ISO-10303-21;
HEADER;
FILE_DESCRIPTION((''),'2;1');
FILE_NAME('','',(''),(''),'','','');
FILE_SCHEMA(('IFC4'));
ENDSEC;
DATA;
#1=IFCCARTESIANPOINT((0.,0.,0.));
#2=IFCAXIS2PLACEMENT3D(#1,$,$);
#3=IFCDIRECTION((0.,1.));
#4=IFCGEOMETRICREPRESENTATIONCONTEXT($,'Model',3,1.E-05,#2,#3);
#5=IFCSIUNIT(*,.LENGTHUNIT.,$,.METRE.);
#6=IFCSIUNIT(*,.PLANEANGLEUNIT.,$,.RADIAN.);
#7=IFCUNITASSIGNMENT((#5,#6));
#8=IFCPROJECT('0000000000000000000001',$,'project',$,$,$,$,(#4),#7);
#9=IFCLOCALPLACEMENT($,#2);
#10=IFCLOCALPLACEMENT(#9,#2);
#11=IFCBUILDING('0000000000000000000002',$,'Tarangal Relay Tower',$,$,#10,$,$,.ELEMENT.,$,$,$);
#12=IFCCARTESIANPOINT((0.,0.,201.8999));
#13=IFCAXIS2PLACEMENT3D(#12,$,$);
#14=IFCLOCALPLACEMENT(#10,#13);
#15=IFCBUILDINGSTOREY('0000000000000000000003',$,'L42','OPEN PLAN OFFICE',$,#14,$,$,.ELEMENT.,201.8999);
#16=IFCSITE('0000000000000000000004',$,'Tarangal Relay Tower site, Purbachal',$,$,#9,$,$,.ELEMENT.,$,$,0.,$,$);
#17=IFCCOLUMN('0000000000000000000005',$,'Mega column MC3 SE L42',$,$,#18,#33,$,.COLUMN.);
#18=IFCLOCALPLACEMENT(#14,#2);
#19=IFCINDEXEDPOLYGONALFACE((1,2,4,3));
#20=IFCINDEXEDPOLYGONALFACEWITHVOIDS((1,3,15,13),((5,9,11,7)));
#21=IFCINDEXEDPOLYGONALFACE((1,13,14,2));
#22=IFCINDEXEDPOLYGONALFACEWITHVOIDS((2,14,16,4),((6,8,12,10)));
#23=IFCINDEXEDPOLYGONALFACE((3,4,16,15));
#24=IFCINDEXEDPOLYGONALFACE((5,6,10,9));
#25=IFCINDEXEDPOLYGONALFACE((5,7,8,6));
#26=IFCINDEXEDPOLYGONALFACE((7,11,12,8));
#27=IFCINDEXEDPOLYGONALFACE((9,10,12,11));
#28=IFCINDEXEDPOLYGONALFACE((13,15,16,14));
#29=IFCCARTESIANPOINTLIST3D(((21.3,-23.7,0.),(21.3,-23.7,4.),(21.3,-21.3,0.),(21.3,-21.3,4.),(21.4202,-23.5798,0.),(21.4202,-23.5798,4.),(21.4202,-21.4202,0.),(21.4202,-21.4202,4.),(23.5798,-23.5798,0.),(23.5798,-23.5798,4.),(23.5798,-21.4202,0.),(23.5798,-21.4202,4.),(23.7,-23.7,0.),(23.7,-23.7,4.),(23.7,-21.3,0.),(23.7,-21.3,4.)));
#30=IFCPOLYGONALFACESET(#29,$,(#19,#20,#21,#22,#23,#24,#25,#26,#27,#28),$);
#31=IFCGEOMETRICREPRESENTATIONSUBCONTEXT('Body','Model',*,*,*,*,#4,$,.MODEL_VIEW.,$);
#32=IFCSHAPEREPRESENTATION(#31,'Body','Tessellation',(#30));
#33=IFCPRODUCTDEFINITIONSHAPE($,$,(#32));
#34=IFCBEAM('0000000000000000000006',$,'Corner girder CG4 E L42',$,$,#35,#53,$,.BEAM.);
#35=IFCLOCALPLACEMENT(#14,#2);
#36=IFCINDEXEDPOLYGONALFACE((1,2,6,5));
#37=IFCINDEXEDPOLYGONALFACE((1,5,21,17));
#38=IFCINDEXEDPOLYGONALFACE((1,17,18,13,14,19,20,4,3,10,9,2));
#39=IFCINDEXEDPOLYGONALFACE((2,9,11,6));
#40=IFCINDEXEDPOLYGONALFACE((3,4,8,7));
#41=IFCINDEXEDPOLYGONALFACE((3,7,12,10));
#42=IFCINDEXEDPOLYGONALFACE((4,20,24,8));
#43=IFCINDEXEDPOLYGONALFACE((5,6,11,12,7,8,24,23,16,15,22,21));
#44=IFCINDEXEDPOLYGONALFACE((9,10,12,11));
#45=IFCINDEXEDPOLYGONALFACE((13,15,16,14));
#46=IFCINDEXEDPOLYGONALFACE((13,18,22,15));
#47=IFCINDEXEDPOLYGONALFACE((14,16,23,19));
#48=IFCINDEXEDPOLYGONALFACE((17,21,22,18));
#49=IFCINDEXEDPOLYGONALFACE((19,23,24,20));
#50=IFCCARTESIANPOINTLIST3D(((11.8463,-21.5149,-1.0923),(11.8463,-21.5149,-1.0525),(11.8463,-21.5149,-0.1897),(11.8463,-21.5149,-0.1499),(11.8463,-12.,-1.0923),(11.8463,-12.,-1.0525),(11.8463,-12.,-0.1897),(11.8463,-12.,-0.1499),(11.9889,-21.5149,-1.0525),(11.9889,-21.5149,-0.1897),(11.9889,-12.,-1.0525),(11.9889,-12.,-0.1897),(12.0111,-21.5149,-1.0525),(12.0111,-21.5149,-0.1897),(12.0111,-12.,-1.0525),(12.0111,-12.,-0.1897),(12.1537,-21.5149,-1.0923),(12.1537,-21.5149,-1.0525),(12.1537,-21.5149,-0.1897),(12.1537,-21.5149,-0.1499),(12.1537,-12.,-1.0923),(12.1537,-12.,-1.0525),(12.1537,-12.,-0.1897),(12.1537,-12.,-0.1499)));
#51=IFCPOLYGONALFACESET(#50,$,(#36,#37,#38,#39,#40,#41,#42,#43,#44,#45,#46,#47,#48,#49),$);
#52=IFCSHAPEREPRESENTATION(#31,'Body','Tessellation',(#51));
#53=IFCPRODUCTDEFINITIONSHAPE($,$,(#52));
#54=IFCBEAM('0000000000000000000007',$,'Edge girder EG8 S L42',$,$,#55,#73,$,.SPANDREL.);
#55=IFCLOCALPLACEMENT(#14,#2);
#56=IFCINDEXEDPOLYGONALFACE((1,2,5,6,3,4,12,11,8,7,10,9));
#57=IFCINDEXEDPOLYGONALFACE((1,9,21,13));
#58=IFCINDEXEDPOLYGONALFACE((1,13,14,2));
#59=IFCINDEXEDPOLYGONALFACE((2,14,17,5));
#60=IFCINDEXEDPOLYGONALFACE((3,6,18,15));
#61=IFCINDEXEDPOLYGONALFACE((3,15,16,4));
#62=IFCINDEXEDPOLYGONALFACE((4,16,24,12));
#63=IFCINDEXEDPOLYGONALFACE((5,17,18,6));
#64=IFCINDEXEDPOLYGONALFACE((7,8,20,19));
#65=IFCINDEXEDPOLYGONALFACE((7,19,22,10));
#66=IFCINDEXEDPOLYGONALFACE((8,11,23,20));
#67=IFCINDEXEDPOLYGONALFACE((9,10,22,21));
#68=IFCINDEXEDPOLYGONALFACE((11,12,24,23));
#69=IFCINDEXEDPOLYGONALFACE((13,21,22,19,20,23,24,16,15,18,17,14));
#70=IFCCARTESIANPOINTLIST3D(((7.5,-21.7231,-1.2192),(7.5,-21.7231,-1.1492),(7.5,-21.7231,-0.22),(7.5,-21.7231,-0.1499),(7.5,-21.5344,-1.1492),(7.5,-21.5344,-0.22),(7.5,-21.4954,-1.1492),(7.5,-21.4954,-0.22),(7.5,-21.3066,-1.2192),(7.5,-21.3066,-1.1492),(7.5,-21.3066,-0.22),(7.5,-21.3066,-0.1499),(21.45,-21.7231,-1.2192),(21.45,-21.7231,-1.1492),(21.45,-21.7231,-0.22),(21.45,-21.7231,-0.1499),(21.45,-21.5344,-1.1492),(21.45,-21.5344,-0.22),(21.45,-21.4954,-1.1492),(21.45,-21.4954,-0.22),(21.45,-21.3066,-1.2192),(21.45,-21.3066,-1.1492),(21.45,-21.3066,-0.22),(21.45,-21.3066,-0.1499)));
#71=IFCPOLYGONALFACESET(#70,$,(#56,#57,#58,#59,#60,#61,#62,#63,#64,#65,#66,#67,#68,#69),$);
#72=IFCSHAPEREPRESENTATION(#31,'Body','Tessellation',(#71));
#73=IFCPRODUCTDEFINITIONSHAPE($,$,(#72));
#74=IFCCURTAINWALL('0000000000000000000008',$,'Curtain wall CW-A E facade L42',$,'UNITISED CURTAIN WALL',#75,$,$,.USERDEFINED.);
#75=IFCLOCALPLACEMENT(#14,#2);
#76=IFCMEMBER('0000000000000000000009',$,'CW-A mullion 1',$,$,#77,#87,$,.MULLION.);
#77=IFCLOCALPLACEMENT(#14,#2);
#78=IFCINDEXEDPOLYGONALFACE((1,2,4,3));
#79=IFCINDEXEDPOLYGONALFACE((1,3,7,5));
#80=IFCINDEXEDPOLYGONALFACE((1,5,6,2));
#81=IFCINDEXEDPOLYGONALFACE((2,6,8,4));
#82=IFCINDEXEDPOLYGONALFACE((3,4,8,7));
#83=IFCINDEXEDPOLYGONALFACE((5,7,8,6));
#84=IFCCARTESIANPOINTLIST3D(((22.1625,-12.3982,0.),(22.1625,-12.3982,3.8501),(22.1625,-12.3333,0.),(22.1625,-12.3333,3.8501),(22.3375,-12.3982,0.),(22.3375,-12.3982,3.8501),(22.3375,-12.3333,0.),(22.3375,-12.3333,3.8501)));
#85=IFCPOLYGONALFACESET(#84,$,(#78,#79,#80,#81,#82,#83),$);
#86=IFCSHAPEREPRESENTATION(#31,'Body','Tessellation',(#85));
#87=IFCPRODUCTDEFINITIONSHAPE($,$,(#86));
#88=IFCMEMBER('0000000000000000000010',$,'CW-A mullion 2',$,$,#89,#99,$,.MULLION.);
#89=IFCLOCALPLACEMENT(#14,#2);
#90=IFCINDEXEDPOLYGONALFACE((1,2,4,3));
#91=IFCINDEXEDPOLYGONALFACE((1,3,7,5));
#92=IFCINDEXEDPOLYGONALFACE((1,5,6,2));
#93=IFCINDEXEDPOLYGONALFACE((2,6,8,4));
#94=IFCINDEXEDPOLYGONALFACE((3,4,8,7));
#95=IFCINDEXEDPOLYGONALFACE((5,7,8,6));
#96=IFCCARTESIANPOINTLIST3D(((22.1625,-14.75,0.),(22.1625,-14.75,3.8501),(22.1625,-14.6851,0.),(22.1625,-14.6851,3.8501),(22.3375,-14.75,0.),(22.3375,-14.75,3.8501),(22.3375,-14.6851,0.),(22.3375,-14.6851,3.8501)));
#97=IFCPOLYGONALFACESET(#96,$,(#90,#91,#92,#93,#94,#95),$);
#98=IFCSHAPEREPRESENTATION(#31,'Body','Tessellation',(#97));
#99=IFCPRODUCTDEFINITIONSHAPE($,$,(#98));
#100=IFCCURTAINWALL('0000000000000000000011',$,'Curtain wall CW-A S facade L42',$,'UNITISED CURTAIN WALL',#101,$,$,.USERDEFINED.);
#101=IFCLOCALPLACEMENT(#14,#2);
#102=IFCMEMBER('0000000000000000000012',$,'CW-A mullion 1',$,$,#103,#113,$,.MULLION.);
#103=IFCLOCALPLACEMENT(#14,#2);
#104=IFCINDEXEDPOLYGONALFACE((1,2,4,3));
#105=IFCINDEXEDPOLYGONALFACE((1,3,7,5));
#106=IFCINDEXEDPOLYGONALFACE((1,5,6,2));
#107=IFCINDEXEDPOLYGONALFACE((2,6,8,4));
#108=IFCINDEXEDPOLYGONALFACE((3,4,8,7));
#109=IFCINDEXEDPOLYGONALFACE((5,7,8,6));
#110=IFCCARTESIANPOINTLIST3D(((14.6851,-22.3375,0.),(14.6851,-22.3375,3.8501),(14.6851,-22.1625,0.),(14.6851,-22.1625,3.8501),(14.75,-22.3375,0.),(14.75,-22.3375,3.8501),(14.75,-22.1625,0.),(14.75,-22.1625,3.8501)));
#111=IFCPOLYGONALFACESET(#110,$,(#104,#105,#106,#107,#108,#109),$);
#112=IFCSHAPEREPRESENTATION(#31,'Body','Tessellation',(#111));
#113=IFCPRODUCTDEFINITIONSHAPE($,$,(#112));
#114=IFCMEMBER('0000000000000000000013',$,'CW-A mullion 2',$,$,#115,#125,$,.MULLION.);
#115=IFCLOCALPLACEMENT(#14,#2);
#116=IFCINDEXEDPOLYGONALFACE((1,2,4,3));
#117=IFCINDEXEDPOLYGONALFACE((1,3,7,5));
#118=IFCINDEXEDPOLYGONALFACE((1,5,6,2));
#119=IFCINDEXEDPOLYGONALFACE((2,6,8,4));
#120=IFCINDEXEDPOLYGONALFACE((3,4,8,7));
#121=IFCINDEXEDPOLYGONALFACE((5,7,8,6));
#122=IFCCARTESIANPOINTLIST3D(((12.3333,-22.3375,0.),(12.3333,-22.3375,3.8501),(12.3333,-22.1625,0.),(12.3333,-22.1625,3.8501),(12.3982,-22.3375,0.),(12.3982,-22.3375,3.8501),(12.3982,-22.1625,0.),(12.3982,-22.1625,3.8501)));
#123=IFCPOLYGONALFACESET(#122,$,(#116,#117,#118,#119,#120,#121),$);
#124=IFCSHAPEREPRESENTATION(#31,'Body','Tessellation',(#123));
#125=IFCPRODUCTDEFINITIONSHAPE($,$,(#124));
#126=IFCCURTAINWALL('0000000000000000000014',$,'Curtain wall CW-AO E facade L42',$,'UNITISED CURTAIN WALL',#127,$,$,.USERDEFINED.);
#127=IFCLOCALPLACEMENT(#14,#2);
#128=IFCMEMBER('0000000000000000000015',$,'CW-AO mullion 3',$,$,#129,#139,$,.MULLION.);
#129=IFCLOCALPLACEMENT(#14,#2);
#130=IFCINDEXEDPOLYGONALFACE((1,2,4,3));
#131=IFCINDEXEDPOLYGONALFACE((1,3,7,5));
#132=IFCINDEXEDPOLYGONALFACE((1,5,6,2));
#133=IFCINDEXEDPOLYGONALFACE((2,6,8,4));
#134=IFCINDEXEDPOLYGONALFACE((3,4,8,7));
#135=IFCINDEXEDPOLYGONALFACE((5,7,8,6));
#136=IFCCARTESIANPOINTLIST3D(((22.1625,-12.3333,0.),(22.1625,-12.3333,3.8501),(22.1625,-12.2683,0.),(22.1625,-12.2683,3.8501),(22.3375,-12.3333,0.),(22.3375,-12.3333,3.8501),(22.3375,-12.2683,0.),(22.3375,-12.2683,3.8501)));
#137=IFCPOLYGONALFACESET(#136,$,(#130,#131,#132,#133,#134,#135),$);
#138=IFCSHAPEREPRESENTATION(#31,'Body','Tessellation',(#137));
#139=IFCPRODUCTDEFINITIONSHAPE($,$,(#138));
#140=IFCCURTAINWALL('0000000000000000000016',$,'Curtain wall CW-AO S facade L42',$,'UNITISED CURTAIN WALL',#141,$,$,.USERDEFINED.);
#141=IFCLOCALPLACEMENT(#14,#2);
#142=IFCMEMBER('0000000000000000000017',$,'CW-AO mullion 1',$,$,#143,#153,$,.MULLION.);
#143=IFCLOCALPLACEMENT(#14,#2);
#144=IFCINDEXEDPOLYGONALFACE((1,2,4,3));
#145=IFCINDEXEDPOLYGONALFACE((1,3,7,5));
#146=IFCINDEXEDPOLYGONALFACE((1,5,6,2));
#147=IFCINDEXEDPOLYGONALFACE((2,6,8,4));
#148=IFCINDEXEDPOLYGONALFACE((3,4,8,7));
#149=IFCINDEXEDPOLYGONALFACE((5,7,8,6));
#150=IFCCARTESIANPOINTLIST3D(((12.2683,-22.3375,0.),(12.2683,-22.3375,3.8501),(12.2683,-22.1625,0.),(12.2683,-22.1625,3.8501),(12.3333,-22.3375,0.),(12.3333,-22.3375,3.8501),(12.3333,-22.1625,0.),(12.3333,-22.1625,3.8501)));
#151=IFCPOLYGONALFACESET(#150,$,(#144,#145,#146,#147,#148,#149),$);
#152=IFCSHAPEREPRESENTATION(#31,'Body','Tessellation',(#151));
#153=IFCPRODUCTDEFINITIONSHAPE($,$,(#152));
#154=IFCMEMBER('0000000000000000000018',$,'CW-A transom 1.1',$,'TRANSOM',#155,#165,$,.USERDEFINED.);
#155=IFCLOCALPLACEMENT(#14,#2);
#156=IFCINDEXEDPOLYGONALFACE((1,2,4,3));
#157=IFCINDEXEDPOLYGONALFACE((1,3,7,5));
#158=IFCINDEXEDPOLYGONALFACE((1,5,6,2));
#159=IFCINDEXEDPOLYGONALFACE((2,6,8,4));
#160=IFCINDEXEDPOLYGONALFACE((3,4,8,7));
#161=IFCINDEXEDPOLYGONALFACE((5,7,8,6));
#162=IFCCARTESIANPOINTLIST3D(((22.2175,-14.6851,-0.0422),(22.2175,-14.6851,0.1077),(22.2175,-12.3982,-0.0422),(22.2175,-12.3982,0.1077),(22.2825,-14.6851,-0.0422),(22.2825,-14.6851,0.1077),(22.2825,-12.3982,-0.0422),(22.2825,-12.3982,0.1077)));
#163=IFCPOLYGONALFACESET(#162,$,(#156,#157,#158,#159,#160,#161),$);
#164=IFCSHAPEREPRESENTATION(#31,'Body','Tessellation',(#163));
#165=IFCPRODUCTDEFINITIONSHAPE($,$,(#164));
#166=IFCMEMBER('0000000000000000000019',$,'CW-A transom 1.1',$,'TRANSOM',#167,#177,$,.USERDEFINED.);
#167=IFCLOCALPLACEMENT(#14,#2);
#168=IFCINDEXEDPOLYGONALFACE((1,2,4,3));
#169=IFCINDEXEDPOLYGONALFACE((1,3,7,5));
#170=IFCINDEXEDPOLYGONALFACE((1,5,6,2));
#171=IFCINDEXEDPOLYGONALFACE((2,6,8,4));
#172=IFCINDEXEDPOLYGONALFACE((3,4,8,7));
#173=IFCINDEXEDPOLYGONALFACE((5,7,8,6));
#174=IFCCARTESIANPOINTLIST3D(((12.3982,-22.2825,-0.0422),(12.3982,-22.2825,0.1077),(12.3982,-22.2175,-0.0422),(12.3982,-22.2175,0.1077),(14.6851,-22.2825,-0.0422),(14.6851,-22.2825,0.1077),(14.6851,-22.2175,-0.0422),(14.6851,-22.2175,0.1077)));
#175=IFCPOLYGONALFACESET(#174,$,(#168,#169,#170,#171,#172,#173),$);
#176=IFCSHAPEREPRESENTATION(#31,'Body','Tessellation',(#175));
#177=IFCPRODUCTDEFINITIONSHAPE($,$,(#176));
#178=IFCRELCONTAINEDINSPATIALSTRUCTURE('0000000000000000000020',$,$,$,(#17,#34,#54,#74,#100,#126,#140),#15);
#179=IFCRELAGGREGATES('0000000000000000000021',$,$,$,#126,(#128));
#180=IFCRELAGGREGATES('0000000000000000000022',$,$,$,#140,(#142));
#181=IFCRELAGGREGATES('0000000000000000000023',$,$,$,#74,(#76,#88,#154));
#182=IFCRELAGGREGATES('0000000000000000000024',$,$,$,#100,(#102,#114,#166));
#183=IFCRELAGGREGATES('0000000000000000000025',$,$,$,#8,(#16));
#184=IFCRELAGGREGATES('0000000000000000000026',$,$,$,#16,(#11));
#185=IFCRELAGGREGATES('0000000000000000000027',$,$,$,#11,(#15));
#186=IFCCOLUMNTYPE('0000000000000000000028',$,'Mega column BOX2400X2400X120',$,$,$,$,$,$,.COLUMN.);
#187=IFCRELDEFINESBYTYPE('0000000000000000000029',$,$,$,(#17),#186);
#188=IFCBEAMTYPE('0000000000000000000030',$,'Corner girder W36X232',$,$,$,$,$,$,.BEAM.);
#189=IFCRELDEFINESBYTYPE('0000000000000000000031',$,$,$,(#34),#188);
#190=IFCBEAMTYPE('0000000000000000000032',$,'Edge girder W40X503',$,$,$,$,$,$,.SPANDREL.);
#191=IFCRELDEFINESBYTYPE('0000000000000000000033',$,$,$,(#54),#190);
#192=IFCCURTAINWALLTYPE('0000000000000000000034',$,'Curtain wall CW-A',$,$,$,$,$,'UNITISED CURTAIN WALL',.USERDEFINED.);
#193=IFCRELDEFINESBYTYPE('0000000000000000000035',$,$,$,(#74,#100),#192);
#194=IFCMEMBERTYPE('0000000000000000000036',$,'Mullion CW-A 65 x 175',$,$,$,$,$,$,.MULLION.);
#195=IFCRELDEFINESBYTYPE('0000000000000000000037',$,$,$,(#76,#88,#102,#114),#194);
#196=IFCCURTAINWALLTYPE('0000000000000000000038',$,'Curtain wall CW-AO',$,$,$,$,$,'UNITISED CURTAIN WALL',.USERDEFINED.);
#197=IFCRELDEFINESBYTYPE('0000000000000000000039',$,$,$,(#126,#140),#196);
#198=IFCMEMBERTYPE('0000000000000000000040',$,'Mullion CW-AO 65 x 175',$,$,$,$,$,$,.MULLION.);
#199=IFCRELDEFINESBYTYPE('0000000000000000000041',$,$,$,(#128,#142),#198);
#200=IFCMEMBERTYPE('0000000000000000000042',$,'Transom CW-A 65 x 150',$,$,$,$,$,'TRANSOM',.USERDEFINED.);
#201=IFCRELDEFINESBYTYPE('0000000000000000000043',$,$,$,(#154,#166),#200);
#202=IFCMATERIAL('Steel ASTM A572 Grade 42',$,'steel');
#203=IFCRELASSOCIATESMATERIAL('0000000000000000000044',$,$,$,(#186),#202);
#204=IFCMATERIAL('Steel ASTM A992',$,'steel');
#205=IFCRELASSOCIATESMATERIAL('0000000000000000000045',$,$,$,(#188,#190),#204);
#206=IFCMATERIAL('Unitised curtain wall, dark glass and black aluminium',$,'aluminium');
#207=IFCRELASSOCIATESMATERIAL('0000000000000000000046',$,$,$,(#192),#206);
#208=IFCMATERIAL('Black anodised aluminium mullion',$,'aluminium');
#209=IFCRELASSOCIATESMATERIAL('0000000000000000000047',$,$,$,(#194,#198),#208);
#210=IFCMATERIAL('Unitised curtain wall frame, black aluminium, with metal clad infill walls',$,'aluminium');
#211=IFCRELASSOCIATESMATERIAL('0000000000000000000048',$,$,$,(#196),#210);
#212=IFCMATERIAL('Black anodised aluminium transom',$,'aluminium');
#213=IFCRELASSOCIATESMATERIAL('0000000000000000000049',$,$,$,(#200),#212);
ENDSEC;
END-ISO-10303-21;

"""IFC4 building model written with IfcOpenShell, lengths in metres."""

from ifc_helpers import new_model, si_unit, direction, frame, origin, origin_2d, place, context, subcontext, project, spatial, rectangle, hollow_rectangle, i_section, extrude, material, material_profile, profile_set, type_object, element, aggregate, save


model = new_model("IFC4")

# Units and contexts
model_context = context("Model", 3, precision=1e-05, world=origin(), true_north=direction((0.0, 1.0)))
body_context = subcontext(model_context, "Body", "Model", "MODEL_VIEW")
ifc_project = project(units=[si_unit("LENGTHUNIT", "METRE"), si_unit("PLANEANGLEUNIT", "RADIAN")], contexts=[model_context])

# Site, building, storey
site_placement = place(None, origin())
site = spatial("IfcSite", under=ifc_project, at=site_placement, Name="Tarangal Relay Tower site, Purbachal", CompositionType="ELEMENT", RefElevation=0.0)
building_placement = place(site_placement, origin())
building = spatial("IfcBuilding", under=site, at=building_placement, Name="Tarangal Relay Tower", CompositionType="ELEMENT")
storey_placement = place(building_placement, frame((0.0, 0.0, 201.8999)))
storey = spatial("IfcBuildingStorey", under=building, at=storey_placement, Name="L42", Description="OPEN PLAN OFFICE", CompositionType="ELEMENT", Elevation=201.8999)

# Column
ifc_material_1 = material(Name="Steel ASTM A572 Grade 42", Category="steel")
ifc_material_profile_1 = material_profile(ifc_material_1, hollow_rectangle(XDim=2.3999, YDim=2.3999, WallThickness=0.1201, at=origin_2d()), Name="BOX2400X2400X120")
ifc_profile_set_1 = profile_set([ifc_material_profile_1], Name="Steel ASTM A572 Grade 42")
column_type = type_object("IfcColumnType", Name="Mega column BOX2400X2400X120", PredefinedType="COLUMN", material=ifc_profile_set_1)
column_placement = place(storey_placement, frame((22.5, -22.5, 0.0), z_axis=(0.0, 0.0, 1.0), x_axis=(1.0, 0.0, 0.0)))
element("IfcColumn", 1, at=column_placement, inside=storey, type_object=column_type, Name="Mega column MC3 SE L42", PredefinedType="COLUMN", context=body_context, shape_type="SweptSolid", body=[
    extrude(hollow_rectangle(XDim=2.3999, YDim=2.3999, WallThickness=0.1201, at=origin_2d()), origin(), (0.0, 0.0, 1.0), 4.0),
])

# Beams
ifc_material_2 = material(Name="Steel ASTM A992", Category="steel")
ifc_material_profile_2 = material_profile(ifc_material_2, i_section(OverallWidth=0.3074, OverallDepth=0.9424, WebThickness=0.0222, FlangeThickness=0.0398, at=origin_2d()), Name="W36X232")
ifc_profile_set_2 = profile_set([ifc_material_profile_2], Name="Steel ASTM A992")
beam_type_1 = type_object("IfcBeamType", Name="Corner girder W36X232", PredefinedType="BEAM", material=ifc_profile_set_2)
beam_1_placement = place(storey_placement, frame((12.0, -12.0, -0.6211), z_axis=(0.0, -1.0, 0.0), x_axis=(1.0, 0.0, 0.0)))
element("IfcBeam", 2, at=beam_1_placement, inside=storey, type_object=beam_type_1, Name="Corner girder CG4 E L42", PredefinedType="BEAM", context=body_context, shape_type="SweptSolid", body=[
    extrude(i_section(OverallWidth=0.3074, OverallDepth=0.9424, WebThickness=0.0222, FlangeThickness=0.0398, at=origin_2d()), origin(), (0.0, 0.0, 1.0), 9.5149),
])
ifc_material_profile_3 = material_profile(ifc_material_2, i_section(OverallWidth=0.4165, OverallDepth=1.0693, WebThickness=0.0391, FlangeThickness=0.0701, at=origin_2d()), Name="W40X503")
ifc_profile_set_3 = profile_set([ifc_material_profile_3], Name="Steel ASTM A992")
beam_type_2 = type_object("IfcBeamType", Name="Edge girder W40X503", PredefinedType="SPANDREL", material=ifc_profile_set_3)
beam_2_placement = place(storey_placement, frame((21.45, -21.5149, -0.6846), z_axis=(-1.0, 0.0, 0.0), x_axis=(0.0, -1.0, 0.0)))
element("IfcBeam", 3, at=beam_2_placement, inside=storey, type_object=beam_type_2, Name="Edge girder EG8 S L42", PredefinedType="SPANDREL", context=body_context, shape_type="SweptSolid", body=[
    extrude(i_section(OverallWidth=0.4165, OverallDepth=1.0693, WebThickness=0.0391, FlangeThickness=0.0701, at=origin_2d()), origin(), (0.0, 0.0, 1.0), 13.95),
])

# Curtain walls, members
ifc_material_3 = material(Name="Unitised curtain wall, dark glass and black aluminium", Category="aluminium")
curtain_wall_type_1 = type_object("IfcCurtainWallType", Name="Curtain wall CW-A", ElementType="UNITISED CURTAIN WALL", PredefinedType="USERDEFINED", material=ifc_material_3)
curtain_wall_1_placement = place(storey_placement, origin())
curtain_wall_1 = element("IfcCurtainWall", 4, at=curtain_wall_1_placement, inside=storey, type_object=curtain_wall_type_1, Name="Curtain wall CW-A E facade L42", ObjectType="UNITISED CURTAIN WALL", PredefinedType="USERDEFINED")
ifc_material_4 = material(Name="Black anodised aluminium mullion", Category="aluminium")
ifc_material_profile_4 = material_profile(ifc_material_4, rectangle(XDim=0.175, YDim=0.0649, at=origin_2d()), Name="CW-AM 65X175")
ifc_profile_set_4 = profile_set([ifc_material_profile_4], Name="Black anodised aluminium mullion")
member_type_1 = type_object("IfcMemberType", Name="Mullion CW-A 65 x 175", PredefinedType="MULLION", material=ifc_profile_set_4)
member_1_placement = place(storey_placement, frame((22.25, -12.3657, 0.0), z_axis=(0.0, 0.0, 1.0), x_axis=(1.0, 0.0, 0.0)))
member_1 = element("IfcMember", 5, at=member_1_placement, type_object=member_type_1, Name="CW-A mullion 1", PredefinedType="MULLION", context=body_context, shape_type="SweptSolid", body=[
    extrude(rectangle(XDim=0.175, YDim=0.0649, at=origin_2d()), origin(), (0.0, 0.0, 1.0), 3.8501),
])
member_2_placement = place(storey_placement, frame((22.25, -14.7175, 0.0), z_axis=(0.0, 0.0, 1.0), x_axis=(1.0, 0.0, 0.0)))
member_2 = element("IfcMember", 6, at=member_2_placement, type_object=member_type_1, Name="CW-A mullion 2", PredefinedType="MULLION", context=body_context, shape_type="SweptSolid", body=[
    extrude(rectangle(XDim=0.175, YDim=0.0649, at=origin_2d()), origin(), (0.0, 0.0, 1.0), 3.8501),
])
curtain_wall_2_placement = place(storey_placement, origin())
curtain_wall_2 = element("IfcCurtainWall", 7, at=curtain_wall_2_placement, inside=storey, type_object=curtain_wall_type_1, Name="Curtain wall CW-A S facade L42", ObjectType="UNITISED CURTAIN WALL", PredefinedType="USERDEFINED")
member_3_placement = place(storey_placement, frame((14.7175, -22.25, 0.0), z_axis=(0.0, 0.0, 1.0), x_axis=(0.0, -1.0, 0.0)))
member_3 = element("IfcMember", 8, at=member_3_placement, type_object=member_type_1, Name="CW-A mullion 1", PredefinedType="MULLION", context=body_context, shape_type="SweptSolid", body=[
    extrude(rectangle(XDim=0.175, YDim=0.0649, at=origin_2d()), origin(), (0.0, 0.0, 1.0), 3.8501),
])
member_4_placement = place(storey_placement, frame((12.3657, -22.25, 0.0), z_axis=(0.0, 0.0, 1.0), x_axis=(0.0, -1.0, 0.0)))
member_4 = element("IfcMember", 9, at=member_4_placement, type_object=member_type_1, Name="CW-A mullion 2", PredefinedType="MULLION", context=body_context, shape_type="SweptSolid", body=[
    extrude(rectangle(XDim=0.175, YDim=0.0649, at=origin_2d()), origin(), (0.0, 0.0, 1.0), 3.8501),
])

# Curtain walls, members
ifc_material_5 = material(Name="Unitised curtain wall frame, black aluminium, with metal clad infill walls", Category="aluminium")
curtain_wall_type_2 = type_object("IfcCurtainWallType", Name="Curtain wall CW-AO", ElementType="UNITISED CURTAIN WALL", PredefinedType="USERDEFINED", material=ifc_material_5)
curtain_wall_3_placement = place(storey_placement, origin())
curtain_wall_3 = element("IfcCurtainWall", 10, at=curtain_wall_3_placement, inside=storey, type_object=curtain_wall_type_2, Name="Curtain wall CW-AO E facade L42", ObjectType="UNITISED CURTAIN WALL", PredefinedType="USERDEFINED")
ifc_material_profile_5 = material_profile(ifc_material_4, rectangle(XDim=0.175, YDim=0.0649, at=origin_2d()), Name="CW-AOM 65X175")
ifc_profile_set_5 = profile_set([ifc_material_profile_5], Name="Black anodised aluminium mullion")
member_type_2 = type_object("IfcMemberType", Name="Mullion CW-AO 65 x 175", PredefinedType="MULLION", material=ifc_profile_set_5)
member_5_placement = place(storey_placement, frame((22.25, -12.3008, 0.0), z_axis=(0.0, 0.0, 1.0), x_axis=(1.0, 0.0, 0.0)))
member_5 = element("IfcMember", 11, at=member_5_placement, type_object=member_type_2, Name="CW-AO mullion 3", PredefinedType="MULLION", context=body_context, shape_type="SweptSolid", body=[
    extrude(rectangle(XDim=0.175, YDim=0.0649, at=origin_2d()), origin(), (0.0, 0.0, 1.0), 3.8501),
])
aggregate(curtain_wall_3, [member_5])
curtain_wall_4_placement = place(storey_placement, origin())
curtain_wall_4 = element("IfcCurtainWall", 12, at=curtain_wall_4_placement, inside=storey, type_object=curtain_wall_type_2, Name="Curtain wall CW-AO S facade L42", ObjectType="UNITISED CURTAIN WALL", PredefinedType="USERDEFINED")
member_6_placement = place(storey_placement, frame((12.3008, -22.25, 0.0), z_axis=(0.0, 0.0, 1.0), x_axis=(0.0, -1.0, 0.0)))
member_6 = element("IfcMember", 13, at=member_6_placement, type_object=member_type_2, Name="CW-AO mullion 1", PredefinedType="MULLION", context=body_context, shape_type="SweptSolid", body=[
    extrude(rectangle(XDim=0.175, YDim=0.0649, at=origin_2d()), origin(), (0.0, 0.0, 1.0), 3.8501),
])

# Members
ifc_material_6 = material(Name="Black anodised aluminium transom", Category="aluminium")
ifc_material_profile_6 = material_profile(ifc_material_6, rectangle(XDim=0.0649, YDim=0.1499, at=origin_2d()), Name="CW-AT 65X150")
ifc_profile_set_6 = profile_set([ifc_material_profile_6], Name="Black anodised aluminium transom")
member_type_3 = type_object("IfcMemberType", Name="Transom CW-A 65 x 150", ElementType="TRANSOM", PredefinedType="USERDEFINED", material=ifc_profile_set_6)
member_7_placement = place(storey_placement, frame((22.25, -12.3982, 0.0327), z_axis=(0.0, -1.0, 0.0), x_axis=(1.0, 0.0, 0.0)))
member_7 = element("IfcMember", 14, at=member_7_placement, type_object=member_type_3, Name="CW-A transom 1.1", ObjectType="TRANSOM", PredefinedType="USERDEFINED", context=body_context, shape_type="SweptSolid", body=[
    extrude(rectangle(XDim=0.0649, YDim=0.1499, at=origin_2d()), origin(), (0.0, 0.0, 1.0), 2.2869),
])
member_8_placement = place(storey_placement, frame((14.6851, -22.25, 0.0327), z_axis=(-1.0, 0.0, 0.0), x_axis=(0.0, -1.0, 0.0)))
member_8 = element("IfcMember", 15, at=member_8_placement, type_object=member_type_3, Name="CW-A transom 1.1", ObjectType="TRANSOM", PredefinedType="USERDEFINED", context=body_context, shape_type="SweptSolid", body=[
    extrude(rectangle(XDim=0.0649, YDim=0.1499, at=origin_2d()), origin(), (0.0, 0.0, 1.0), 2.2869),
])
aggregate(curtain_wall_4, [member_6])

aggregate(curtain_wall_1, [member_1, member_2, member_7])
aggregate(curtain_wall_2, [member_3, member_4, member_8])

save(model, "model.ifc")
